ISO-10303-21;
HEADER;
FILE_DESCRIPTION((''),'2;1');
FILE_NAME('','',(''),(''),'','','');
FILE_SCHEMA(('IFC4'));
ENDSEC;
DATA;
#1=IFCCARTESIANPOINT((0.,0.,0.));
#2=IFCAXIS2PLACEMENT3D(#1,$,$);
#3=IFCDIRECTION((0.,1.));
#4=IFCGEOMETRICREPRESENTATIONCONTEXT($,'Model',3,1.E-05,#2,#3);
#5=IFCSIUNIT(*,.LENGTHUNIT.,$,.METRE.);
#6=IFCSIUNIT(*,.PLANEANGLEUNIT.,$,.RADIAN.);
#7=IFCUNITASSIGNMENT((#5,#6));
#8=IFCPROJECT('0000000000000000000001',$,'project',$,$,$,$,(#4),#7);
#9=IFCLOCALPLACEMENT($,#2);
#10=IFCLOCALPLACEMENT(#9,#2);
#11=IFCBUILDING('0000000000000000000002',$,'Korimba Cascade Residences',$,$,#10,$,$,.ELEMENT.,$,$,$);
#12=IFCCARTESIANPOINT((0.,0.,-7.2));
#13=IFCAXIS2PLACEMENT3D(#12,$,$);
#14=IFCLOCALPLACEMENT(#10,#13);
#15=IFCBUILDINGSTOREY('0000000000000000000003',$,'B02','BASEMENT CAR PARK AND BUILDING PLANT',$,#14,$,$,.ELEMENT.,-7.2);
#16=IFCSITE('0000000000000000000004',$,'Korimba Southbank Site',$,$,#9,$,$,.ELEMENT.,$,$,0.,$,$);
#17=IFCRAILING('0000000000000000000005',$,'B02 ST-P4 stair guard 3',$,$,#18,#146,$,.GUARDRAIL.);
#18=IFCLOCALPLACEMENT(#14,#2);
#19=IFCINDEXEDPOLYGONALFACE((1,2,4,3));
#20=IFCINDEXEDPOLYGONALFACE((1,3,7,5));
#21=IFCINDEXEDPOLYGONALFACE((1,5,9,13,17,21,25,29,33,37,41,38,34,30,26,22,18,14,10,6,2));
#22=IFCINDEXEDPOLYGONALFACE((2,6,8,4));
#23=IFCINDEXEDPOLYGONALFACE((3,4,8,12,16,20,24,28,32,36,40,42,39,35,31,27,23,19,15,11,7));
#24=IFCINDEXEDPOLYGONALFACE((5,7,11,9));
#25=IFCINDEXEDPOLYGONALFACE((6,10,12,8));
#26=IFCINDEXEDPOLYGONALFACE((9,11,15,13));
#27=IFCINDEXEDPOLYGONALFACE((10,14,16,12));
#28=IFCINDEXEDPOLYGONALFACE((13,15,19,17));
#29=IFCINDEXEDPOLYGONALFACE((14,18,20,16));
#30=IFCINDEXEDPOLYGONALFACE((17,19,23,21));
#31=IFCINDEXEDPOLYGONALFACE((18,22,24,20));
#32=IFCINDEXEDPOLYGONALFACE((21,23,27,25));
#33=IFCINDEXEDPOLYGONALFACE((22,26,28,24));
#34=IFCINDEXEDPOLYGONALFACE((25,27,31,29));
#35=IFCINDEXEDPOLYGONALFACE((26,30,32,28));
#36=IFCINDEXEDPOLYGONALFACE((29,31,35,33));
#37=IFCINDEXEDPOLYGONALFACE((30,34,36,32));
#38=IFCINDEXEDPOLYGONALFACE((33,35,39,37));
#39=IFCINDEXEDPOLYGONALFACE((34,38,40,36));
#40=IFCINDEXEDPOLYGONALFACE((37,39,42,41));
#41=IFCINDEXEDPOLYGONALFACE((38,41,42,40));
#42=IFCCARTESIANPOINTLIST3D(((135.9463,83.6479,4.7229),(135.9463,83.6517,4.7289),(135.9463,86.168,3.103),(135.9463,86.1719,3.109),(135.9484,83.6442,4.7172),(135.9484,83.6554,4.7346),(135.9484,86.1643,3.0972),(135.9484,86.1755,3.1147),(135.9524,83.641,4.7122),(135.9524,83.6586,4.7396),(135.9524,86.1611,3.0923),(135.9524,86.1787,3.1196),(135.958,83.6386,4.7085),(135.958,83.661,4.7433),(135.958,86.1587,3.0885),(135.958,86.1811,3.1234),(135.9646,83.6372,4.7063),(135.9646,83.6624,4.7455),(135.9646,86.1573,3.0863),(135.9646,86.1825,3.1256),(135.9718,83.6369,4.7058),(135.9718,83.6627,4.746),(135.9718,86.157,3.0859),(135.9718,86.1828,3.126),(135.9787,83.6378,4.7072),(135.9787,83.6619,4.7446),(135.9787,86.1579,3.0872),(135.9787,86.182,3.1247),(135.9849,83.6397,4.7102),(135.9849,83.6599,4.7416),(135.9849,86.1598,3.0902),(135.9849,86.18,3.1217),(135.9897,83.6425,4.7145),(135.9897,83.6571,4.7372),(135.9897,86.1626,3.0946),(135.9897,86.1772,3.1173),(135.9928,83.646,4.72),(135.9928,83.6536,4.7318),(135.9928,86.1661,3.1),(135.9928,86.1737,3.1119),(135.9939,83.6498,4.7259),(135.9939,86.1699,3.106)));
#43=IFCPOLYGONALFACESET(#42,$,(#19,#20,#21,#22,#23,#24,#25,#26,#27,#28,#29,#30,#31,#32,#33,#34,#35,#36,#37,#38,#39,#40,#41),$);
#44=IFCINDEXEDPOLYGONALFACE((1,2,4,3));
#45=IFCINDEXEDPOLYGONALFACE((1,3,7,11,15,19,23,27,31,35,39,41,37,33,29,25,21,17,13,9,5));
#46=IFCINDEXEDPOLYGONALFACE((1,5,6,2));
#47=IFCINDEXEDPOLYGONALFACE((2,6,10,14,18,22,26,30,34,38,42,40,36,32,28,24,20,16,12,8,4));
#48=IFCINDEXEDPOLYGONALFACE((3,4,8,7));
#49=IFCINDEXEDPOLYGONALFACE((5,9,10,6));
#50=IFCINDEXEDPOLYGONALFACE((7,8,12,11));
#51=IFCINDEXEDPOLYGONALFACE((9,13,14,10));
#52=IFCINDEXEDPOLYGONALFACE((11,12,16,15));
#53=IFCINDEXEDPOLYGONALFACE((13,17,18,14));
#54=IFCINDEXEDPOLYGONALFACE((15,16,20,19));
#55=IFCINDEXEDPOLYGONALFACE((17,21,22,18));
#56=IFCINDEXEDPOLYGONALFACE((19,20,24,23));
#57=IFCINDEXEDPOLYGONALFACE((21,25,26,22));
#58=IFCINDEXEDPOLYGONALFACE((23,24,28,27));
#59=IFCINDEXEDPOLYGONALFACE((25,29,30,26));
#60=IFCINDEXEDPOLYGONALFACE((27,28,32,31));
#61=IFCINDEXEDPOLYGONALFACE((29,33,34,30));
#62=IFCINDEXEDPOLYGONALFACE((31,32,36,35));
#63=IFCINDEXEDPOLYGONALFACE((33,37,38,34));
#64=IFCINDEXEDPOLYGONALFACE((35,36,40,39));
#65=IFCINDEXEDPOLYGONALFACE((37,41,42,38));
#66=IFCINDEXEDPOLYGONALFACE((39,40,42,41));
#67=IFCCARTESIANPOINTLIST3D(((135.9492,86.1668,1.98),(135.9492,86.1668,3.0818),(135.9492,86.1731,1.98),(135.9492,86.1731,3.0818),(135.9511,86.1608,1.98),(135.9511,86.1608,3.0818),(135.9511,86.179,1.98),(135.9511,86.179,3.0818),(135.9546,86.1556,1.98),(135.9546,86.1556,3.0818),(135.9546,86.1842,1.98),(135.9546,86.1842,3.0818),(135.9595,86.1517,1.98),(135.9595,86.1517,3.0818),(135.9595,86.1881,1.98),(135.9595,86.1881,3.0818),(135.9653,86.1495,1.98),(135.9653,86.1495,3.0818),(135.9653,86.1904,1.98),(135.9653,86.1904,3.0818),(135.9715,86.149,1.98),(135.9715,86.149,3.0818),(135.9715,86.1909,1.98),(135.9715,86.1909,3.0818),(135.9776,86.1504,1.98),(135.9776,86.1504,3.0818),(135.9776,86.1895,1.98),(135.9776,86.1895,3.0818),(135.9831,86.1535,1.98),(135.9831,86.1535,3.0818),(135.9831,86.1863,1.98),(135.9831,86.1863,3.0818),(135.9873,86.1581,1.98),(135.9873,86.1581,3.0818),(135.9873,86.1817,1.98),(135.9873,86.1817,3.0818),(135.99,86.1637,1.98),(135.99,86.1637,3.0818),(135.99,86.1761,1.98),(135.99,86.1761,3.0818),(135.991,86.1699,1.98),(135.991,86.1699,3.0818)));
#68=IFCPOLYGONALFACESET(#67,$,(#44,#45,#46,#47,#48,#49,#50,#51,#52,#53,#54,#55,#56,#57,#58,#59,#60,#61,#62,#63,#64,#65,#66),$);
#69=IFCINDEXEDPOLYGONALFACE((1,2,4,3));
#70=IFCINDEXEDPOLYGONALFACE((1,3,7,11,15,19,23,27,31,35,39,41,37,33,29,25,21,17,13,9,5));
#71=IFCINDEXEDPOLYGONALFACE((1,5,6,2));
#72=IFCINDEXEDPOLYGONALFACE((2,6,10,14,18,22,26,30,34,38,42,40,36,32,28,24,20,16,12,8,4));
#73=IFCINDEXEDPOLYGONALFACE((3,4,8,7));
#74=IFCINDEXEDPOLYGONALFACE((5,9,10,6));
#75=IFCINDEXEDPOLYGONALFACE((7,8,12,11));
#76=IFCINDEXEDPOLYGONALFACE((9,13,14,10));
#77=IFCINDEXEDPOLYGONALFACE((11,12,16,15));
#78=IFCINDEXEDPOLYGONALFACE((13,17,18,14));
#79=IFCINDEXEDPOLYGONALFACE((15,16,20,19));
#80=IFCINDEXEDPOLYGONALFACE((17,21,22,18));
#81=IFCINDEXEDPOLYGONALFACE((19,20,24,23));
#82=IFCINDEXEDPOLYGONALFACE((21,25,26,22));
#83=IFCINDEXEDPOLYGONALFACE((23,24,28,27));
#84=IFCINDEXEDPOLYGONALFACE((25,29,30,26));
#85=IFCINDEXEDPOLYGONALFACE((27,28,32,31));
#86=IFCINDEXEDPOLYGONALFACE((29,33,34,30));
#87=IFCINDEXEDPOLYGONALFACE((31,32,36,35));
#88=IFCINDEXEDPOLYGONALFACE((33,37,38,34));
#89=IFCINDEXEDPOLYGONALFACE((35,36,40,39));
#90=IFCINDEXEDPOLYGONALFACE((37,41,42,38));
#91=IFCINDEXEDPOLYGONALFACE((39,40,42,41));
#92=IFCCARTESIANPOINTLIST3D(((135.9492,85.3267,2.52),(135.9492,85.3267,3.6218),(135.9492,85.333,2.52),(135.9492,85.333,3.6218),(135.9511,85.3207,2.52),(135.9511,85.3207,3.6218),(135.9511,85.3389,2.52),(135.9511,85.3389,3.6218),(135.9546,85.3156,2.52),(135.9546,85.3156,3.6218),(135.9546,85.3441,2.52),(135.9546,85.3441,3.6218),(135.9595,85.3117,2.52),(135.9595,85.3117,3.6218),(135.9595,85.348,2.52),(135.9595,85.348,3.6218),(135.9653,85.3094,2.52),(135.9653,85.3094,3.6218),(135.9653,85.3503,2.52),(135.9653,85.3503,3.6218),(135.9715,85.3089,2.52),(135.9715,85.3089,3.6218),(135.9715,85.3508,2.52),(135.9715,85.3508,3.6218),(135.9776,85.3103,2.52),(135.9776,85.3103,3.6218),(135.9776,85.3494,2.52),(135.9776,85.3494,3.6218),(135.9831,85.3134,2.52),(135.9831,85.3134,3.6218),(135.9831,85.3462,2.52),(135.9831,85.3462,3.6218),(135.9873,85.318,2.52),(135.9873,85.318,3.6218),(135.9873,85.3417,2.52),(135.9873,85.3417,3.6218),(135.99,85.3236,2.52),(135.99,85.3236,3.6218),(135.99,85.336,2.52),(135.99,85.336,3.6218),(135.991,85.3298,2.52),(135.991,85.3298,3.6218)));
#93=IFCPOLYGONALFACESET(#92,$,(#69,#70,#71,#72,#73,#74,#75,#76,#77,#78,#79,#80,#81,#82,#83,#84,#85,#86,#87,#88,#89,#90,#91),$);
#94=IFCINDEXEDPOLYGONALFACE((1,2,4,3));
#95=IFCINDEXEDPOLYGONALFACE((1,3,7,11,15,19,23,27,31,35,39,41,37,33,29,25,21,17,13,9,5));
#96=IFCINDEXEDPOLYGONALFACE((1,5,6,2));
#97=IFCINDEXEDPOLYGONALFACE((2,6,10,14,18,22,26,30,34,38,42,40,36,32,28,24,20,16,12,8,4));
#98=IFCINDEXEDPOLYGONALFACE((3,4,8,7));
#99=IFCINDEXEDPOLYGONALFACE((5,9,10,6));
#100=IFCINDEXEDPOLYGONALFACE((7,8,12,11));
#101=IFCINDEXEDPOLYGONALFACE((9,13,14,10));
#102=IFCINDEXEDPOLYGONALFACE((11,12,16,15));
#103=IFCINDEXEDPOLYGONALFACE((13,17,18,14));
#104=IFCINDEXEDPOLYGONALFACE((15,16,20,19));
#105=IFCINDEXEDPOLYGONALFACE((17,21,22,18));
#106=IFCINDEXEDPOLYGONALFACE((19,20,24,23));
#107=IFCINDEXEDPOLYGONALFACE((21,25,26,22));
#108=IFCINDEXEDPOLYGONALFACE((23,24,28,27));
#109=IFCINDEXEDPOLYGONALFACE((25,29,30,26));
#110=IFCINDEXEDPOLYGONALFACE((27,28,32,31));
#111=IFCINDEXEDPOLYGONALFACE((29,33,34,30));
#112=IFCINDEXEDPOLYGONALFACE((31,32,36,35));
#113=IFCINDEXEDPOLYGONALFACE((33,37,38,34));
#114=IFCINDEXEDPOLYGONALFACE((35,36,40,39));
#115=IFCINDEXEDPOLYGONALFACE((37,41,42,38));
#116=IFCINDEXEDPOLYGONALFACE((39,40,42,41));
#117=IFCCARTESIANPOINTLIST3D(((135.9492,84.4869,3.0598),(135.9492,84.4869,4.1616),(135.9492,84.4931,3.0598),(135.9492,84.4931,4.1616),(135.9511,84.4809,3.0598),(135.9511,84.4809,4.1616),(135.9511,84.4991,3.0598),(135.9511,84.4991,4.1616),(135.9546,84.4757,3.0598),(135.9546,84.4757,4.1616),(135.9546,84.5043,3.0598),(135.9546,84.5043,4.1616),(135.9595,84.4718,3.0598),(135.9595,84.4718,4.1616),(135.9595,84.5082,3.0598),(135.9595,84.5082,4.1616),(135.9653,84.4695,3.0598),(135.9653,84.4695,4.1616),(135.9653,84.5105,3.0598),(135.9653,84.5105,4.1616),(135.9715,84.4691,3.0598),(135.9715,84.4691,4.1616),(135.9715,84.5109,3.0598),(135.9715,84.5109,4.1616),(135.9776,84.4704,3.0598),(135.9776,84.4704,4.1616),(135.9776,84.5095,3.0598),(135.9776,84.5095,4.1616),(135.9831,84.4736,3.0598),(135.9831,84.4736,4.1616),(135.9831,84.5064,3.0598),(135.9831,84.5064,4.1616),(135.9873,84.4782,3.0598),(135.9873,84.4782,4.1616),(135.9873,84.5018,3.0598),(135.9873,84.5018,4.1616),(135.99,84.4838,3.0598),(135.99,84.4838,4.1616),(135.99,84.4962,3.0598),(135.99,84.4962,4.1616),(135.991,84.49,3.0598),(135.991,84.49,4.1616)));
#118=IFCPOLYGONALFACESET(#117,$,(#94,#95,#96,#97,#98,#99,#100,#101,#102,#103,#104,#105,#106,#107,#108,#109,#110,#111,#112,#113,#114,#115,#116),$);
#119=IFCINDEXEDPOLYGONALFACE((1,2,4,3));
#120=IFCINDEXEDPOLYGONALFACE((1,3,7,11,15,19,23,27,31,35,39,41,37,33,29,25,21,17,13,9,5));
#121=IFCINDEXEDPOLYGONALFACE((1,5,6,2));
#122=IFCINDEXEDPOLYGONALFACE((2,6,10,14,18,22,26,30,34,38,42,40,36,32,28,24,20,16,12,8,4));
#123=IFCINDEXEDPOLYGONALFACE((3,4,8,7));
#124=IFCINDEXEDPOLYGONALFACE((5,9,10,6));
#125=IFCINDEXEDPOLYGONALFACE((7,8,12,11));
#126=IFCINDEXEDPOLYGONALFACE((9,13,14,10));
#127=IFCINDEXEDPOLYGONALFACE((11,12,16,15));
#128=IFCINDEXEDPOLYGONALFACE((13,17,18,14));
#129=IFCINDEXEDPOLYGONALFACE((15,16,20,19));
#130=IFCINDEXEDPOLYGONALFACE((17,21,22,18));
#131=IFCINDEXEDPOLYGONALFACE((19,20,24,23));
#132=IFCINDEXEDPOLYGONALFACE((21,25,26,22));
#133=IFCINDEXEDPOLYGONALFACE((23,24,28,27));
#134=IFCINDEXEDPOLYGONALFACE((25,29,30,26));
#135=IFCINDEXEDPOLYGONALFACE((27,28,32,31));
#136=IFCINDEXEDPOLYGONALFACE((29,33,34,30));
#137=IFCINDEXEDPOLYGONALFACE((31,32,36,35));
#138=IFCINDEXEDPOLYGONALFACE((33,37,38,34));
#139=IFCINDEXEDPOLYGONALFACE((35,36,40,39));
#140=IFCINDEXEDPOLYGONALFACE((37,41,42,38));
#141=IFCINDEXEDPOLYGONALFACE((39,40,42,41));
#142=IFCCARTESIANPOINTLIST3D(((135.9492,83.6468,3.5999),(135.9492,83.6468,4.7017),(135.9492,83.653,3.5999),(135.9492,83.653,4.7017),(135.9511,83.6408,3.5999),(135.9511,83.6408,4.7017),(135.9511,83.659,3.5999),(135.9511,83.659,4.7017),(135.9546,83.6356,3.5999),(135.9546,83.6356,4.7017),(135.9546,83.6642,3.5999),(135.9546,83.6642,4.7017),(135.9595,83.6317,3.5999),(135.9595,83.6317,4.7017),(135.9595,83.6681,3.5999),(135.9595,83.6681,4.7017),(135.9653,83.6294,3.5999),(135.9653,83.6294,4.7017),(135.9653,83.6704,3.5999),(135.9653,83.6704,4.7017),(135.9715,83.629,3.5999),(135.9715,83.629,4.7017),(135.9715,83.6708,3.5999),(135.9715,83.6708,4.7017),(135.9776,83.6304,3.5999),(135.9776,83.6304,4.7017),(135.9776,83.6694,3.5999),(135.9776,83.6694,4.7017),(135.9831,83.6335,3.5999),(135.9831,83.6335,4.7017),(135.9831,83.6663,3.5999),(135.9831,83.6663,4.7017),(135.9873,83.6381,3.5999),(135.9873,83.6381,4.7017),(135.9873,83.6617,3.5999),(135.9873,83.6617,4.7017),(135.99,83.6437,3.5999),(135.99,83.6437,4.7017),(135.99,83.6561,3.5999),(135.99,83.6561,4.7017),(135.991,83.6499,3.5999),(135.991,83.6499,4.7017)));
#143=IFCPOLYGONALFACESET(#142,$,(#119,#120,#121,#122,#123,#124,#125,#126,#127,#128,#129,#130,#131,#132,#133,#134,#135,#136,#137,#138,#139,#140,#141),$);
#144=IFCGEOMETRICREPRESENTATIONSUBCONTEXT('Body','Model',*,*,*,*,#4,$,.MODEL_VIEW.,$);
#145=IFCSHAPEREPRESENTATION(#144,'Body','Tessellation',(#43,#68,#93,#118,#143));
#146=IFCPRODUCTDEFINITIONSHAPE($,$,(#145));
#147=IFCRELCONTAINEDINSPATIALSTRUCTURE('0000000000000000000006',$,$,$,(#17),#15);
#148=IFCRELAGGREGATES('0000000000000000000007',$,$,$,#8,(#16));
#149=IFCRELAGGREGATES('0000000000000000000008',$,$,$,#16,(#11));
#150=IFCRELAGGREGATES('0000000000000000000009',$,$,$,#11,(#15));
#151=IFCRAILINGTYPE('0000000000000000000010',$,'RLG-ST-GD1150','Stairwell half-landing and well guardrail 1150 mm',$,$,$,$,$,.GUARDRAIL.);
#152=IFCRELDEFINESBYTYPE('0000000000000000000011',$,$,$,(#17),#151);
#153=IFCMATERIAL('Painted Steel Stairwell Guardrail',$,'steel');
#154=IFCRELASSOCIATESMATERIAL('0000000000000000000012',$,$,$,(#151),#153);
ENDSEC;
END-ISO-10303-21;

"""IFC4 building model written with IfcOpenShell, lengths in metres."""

from ifc_helpers import new_model, si_unit, direction, frame, origin, origin_2d, place, context, subcontext, project, spatial, circle, extrude, material, type_object, element, save


model = new_model("IFC4")

# Units and contexts
model_context = context("Model", 3, precision=1e-05, world=origin(), true_north=direction((0.0, 1.0)))
body_context = subcontext(model_context, "Body", "Model", "MODEL_VIEW")
ifc_project = project(units=[si_unit("LENGTHUNIT", "METRE"), si_unit("PLANEANGLEUNIT", "RADIAN")], contexts=[model_context])

# Site, building, storey
site_placement = place(None, origin())
site = spatial("IfcSite", under=ifc_project, at=site_placement, Name="Korimba Southbank Site", CompositionType="ELEMENT", RefElevation=0.0)
building_placement = place(site_placement, origin())
building = spatial("IfcBuilding", under=site, at=building_placement, Name="Korimba Cascade Residences", CompositionType="ELEMENT")
storey_placement = place(building_placement, frame((0.0, 0.0, -7.2)))
storey = spatial("IfcBuildingStorey", under=building, at=storey_placement, Name="B02", Description="BASEMENT CAR PARK AND BUILDING PLANT", CompositionType="ELEMENT", Elevation=-7.2)

# Railing
ifc_material_1 = material(Name="Painted Steel Stairwell Guardrail", Category="steel")
railing_type_1 = type_object("IfcRailingType", Name="RLG-ST-GD1150", Description="Stairwell half-landing and well guardrail 1150 mm", PredefinedType="GUARDRAIL", material=ifc_material_1)
railing_1_placement = place(storey_placement, frame((135.97, 86.1699, 1.98)))
element("IfcRailing", 1, at=railing_1_placement, inside=storey, type_object=railing_type_1, Name="B02 ST-P4 stair guard 3", PredefinedType="GUARDRAIL", context=body_context, shape_type="SweptSolid", body=[
    extrude(circle(Radius=0.0239, at=origin_2d()), frame((0.0, 0.0, 1.126), z_axis=(0.0, -0.8412, 0.540725), x_axis=(1.0, 0.0, 0.0)), (0.0, 0.0, 1.0), 2.9958),
    extrude(circle(Radius=0.021, at=origin_2d()), origin(), (0.0, 0.0, 1.0), 1.1018),
    extrude(circle(Radius=0.021, at=origin_2d()), frame((0.0, -0.8401, 0.54)), (0.0, 0.0, 1.0), 1.1018),
    extrude(circle(Radius=0.021, at=origin_2d()), frame((0.0, -1.6799, 1.0798)), (0.0, 0.0, 1.0), 1.1018),
    extrude(circle(Radius=0.021, at=origin_2d()), frame((0.0, -2.52, 1.6199)), (0.0, 0.0, 1.0), 1.1018),
])

save(model, "model.ifc")
